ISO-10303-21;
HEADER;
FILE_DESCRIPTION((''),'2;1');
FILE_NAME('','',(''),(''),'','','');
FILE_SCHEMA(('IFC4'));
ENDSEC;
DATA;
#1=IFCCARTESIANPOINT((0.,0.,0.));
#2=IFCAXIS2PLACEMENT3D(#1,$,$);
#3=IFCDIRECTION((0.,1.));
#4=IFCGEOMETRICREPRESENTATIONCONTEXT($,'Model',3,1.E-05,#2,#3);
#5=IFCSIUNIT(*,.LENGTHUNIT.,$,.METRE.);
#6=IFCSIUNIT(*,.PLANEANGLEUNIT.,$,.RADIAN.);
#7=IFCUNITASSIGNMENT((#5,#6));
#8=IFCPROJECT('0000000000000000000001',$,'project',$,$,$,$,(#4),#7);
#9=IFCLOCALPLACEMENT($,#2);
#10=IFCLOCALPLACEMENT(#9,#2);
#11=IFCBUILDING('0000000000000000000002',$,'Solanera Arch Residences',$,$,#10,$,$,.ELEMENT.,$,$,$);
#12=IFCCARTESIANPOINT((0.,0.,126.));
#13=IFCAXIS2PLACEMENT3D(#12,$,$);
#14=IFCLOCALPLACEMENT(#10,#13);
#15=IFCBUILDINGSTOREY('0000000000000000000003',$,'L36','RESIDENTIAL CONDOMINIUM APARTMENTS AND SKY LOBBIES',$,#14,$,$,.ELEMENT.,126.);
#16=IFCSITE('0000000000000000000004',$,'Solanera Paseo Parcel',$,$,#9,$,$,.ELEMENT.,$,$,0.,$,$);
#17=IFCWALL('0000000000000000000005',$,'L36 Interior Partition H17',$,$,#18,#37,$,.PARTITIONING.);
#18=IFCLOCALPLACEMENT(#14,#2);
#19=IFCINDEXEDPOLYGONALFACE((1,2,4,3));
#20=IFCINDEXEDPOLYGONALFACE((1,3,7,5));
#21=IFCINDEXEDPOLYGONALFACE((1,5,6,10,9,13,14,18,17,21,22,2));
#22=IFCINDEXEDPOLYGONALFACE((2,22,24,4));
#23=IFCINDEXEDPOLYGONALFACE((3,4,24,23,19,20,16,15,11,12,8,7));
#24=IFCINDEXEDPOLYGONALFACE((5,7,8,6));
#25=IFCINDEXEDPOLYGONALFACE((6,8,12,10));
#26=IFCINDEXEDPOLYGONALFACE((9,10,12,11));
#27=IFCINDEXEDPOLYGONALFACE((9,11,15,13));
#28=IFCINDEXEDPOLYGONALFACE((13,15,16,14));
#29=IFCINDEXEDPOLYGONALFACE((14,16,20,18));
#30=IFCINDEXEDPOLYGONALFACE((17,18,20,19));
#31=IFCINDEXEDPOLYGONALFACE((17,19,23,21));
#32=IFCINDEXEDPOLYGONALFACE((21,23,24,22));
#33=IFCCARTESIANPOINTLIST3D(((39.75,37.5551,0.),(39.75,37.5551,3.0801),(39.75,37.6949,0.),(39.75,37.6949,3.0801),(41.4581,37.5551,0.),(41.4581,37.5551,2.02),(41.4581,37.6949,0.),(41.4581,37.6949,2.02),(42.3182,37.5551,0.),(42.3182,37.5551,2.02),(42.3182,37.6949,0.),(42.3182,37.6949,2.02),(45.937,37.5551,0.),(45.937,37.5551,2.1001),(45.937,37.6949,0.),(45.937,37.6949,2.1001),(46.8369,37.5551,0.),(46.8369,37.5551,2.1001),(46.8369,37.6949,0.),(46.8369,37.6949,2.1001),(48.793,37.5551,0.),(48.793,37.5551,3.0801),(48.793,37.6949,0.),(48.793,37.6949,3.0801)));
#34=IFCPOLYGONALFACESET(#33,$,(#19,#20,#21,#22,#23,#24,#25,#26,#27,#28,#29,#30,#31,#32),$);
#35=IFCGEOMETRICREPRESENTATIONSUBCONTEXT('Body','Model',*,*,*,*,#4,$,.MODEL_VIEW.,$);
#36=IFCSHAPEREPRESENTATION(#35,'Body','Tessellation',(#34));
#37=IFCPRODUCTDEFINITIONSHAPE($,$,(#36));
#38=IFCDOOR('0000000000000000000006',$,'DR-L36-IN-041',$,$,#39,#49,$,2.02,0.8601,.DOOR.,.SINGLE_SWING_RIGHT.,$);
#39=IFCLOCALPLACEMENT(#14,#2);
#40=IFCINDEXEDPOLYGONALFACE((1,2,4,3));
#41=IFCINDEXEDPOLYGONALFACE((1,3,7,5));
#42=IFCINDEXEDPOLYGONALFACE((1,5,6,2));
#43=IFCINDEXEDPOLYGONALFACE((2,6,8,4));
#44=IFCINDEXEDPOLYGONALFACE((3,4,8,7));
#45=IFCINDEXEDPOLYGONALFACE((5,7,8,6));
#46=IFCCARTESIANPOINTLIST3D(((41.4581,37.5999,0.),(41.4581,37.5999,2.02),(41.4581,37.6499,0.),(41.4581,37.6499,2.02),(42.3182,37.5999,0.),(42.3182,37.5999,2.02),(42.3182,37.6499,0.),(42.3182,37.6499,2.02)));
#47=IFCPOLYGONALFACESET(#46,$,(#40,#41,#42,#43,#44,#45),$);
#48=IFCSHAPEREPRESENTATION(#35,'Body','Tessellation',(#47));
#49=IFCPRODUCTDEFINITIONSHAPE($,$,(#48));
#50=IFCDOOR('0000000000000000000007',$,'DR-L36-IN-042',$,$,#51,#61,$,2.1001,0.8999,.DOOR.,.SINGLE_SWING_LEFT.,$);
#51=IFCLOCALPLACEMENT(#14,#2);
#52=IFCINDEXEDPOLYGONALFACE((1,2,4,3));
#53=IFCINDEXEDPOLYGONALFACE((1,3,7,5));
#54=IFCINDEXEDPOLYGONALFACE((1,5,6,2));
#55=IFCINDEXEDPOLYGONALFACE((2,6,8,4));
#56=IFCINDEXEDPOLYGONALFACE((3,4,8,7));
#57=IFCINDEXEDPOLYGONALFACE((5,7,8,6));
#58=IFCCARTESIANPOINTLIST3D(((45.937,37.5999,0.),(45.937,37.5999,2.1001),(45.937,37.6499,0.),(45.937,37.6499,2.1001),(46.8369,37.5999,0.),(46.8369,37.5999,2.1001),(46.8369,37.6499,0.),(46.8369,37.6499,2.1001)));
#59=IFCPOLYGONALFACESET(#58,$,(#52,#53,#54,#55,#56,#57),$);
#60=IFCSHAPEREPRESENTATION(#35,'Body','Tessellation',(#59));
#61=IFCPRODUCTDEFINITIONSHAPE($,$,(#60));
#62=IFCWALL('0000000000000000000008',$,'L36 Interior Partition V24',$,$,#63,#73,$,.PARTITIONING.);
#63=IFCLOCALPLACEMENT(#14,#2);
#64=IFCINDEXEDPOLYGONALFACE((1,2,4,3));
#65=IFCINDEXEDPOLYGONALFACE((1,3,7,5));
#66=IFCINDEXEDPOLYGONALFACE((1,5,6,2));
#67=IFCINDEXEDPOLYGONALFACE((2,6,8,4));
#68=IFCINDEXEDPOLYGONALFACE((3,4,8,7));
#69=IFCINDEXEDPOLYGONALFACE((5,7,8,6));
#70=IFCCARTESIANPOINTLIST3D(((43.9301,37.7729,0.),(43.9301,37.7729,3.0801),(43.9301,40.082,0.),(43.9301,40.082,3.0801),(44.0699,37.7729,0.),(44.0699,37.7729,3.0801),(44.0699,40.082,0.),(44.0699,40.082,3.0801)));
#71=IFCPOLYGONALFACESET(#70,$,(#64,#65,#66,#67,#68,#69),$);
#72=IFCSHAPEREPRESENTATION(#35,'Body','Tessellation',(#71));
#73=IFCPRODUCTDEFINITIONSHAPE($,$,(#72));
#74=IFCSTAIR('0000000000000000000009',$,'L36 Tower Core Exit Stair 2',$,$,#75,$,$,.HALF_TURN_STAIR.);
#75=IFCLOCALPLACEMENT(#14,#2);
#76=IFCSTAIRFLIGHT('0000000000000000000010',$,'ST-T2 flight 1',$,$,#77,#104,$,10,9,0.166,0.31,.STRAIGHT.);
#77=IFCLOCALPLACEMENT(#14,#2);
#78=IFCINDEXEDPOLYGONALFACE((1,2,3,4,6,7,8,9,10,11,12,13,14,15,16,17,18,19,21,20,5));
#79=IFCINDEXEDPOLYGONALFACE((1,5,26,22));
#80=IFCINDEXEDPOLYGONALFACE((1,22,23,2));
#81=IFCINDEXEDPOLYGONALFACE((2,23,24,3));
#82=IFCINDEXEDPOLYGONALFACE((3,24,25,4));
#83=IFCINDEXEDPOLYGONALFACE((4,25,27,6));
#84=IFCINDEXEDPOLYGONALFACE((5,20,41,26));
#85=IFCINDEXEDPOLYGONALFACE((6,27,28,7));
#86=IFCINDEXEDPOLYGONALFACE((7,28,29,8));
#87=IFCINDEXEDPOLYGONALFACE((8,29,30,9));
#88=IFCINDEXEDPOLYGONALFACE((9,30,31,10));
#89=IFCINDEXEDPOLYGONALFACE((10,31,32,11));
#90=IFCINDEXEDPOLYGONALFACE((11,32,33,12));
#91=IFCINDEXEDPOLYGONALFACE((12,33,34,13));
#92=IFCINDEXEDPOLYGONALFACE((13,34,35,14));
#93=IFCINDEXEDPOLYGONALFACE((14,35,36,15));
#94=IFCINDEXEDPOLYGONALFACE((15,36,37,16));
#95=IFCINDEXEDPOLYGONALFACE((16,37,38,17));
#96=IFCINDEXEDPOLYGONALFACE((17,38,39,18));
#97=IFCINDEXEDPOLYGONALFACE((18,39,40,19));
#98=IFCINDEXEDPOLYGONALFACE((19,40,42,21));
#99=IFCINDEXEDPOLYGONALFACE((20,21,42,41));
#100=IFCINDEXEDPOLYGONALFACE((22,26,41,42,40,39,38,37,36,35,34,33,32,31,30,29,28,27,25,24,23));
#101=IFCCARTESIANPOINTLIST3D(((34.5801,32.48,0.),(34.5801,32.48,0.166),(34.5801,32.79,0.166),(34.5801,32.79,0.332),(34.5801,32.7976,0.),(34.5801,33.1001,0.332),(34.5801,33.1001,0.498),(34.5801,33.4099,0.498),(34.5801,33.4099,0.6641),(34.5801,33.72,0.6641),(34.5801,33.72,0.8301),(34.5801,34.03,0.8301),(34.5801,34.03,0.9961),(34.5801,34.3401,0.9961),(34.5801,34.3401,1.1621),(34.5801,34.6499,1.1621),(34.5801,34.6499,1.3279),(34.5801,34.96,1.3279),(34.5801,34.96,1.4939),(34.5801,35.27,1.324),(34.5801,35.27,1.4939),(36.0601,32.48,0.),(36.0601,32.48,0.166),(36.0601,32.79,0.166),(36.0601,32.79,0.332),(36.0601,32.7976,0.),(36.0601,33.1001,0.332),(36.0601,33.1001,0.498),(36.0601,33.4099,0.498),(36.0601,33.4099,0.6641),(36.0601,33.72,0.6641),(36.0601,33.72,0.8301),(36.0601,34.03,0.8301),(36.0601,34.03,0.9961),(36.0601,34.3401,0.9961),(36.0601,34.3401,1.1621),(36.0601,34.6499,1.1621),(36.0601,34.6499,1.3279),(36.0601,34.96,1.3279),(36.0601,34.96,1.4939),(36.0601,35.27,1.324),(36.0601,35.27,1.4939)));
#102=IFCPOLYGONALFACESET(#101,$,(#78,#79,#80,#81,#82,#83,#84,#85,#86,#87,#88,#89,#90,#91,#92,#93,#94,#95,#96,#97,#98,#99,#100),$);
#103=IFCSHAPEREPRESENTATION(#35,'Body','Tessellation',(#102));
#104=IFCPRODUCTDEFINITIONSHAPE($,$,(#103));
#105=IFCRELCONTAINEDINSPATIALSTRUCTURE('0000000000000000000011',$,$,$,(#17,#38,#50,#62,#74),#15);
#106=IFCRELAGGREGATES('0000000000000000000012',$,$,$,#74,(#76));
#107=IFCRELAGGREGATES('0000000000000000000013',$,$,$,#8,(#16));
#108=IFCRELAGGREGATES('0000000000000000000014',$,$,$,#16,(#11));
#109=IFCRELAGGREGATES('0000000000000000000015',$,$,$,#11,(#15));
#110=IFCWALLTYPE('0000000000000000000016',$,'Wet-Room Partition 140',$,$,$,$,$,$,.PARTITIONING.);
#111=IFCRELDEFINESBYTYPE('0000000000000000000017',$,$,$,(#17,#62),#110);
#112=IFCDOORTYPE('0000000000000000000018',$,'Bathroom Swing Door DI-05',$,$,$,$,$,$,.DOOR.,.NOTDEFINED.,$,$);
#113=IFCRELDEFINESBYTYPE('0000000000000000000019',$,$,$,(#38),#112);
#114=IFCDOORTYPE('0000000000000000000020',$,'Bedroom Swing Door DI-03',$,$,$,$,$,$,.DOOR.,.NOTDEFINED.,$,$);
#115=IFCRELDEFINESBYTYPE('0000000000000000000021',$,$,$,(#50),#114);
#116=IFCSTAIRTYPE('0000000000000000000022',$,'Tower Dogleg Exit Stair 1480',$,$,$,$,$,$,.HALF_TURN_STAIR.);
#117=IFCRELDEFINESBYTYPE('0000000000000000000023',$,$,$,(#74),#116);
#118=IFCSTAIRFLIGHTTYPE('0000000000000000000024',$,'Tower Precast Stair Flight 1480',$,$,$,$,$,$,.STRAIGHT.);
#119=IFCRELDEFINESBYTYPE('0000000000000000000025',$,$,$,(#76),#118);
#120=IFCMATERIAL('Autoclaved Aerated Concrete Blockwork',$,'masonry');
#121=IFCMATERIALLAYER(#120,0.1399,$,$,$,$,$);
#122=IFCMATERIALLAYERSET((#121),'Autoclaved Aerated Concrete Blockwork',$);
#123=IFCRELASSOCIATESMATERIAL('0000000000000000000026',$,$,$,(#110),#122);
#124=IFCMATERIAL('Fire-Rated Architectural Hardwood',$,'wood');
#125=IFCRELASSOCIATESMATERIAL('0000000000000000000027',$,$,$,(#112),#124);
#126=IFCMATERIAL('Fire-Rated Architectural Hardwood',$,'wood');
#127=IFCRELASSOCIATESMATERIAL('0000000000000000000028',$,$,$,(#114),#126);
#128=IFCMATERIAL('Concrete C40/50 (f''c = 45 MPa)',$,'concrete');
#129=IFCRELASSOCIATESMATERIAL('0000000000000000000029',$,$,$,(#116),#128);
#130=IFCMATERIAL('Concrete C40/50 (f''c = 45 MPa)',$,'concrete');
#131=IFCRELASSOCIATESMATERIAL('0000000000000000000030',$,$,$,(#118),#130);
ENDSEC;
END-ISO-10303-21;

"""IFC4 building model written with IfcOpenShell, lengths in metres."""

from ifc_helpers import new_model, si_unit, direction, frame, frame_2d, origin, place, context, subcontext, project, spatial, polyline, rectangle, outline, extrude, material, layer, layer_set, type_object, element, fill, aggregate, save


model = new_model("IFC4")

# Units and contexts
model_context = context("Model", 3, precision=1e-05, world=origin(), true_north=direction((0.0, 1.0)))
body_context = subcontext(model_context, "Body", "Model", "MODEL_VIEW")
ifc_project = project(units=[si_unit("LENGTHUNIT", "METRE"), si_unit("PLANEANGLEUNIT", "RADIAN")], contexts=[model_context])

# Site, building, storey
site_placement = place(None, origin())
site = spatial("IfcSite", under=ifc_project, at=site_placement, Name="Solanera Paseo Parcel", CompositionType="ELEMENT", RefElevation=0.0)
building_placement = place(site_placement, origin())
building = spatial("IfcBuilding", under=site, at=building_placement, Name="Solanera Arch Residences", CompositionType="ELEMENT")
storey_placement = place(building_placement, frame((0.0, 0.0, 126.0)))
storey = spatial("IfcBuildingStorey", under=building, at=storey_placement, Name="L36", Description="RESIDENTIAL CONDOMINIUM APARTMENTS AND SKY LOBBIES", CompositionType="ELEMENT", Elevation=126.0)

# Wall, openings, doors
ifc_material_1 = material(Name="Autoclaved Aerated Concrete Blockwork", Category="masonry")
ifc_layer_1 = layer(ifc_material_1, 0.1399)
ifc_layer_set_1 = layer_set([ifc_layer_1], Name="Autoclaved Aerated Concrete Blockwork")
wall_type_1 = type_object("IfcWallType", Name="Wet-Room Partition 140", PredefinedType="PARTITIONING", material=ifc_layer_set_1)
wall_1_placement = place(storey_placement, frame((39.75, 37.625, 0.0), z_axis=(0.0, 0.0, 1.0), x_axis=(1.0, 0.0, 0.0)))
wall_1 = element("IfcWall", 1, at=wall_1_placement, inside=storey, type_object=wall_type_1, Name="L36 Interior Partition H17", PredefinedType="PARTITIONING", context=body_context, shape_type="SweptSolid", body=[
    extrude(rectangle(XDim=9.043, YDim=0.1399, at=frame_2d((4.5215, 0.0))), origin(), (0.0, 0.0, 1.0), 3.0801),
])
opening_1_placement = place(wall_1_placement, frame((1.708, 0.0, 0.0)))
opening_1 = element("IfcOpeningElement", 2, at=opening_1_placement, cuts=wall_1, PredefinedType="OPENING", context=body_context, shape_type="SweptSolid", body=[
    extrude(rectangle(XDim=0.8601, YDim=2.02, at=frame_2d((0.4302, 1.01))), frame((0.0, 0.0798, 0.0), z_axis=(0.0, -1.0, 0.0), x_axis=(1.0, 0.0, 0.0)), (0.0, 0.0, 1.0), 0.1599),
])
opening_2_placement = place(wall_1_placement, frame((6.187, 0.0, 0.0)))
opening_2 = element("IfcOpeningElement", 3, at=opening_2_placement, cuts=wall_1, PredefinedType="OPENING", context=body_context, shape_type="SweptSolid", body=[
    extrude(rectangle(XDim=0.8999, YDim=2.1001, at=frame_2d((0.45, 1.05))), frame((0.0, 0.0798, 0.0), z_axis=(0.0, -1.0, 0.0), x_axis=(1.0, 0.0, 0.0)), (0.0, 0.0, 1.0), 0.1599),
])
ifc_material_2 = material(Name="Fire-Rated Architectural Hardwood", Category="wood")
door_type_1 = type_object("IfcDoorType", Name="Bathroom Swing Door DI-05", OperationType="NOTDEFINED", PredefinedType="DOOR", material=ifc_material_2)
door_1_placement = place(opening_1_placement, origin())
door_1 = element("IfcDoor", 4, at=door_1_placement, inside=storey, type_object=door_type_1, Name="DR-L36-IN-041", OperationType="SINGLE_SWING_RIGHT", OverallHeight=2.02, OverallWidth=0.8601, PredefinedType="DOOR", context=body_context, shape_type="SweptSolid", body=[
    extrude(rectangle(XDim=0.8601, YDim=2.02, at=frame_2d((0.4302, 1.01))), frame((0.0, 0.0249, 0.0), z_axis=(0.0, -1.0, 0.0), x_axis=(1.0, 0.0, 0.0)), (0.0, 0.0, 1.0), 0.05),
])
fill(opening_1, door_1)
ifc_material_3 = material(Name="Fire-Rated Architectural Hardwood", Category="wood")
door_type_2 = type_object("IfcDoorType", Name="Bedroom Swing Door DI-03", OperationType="NOTDEFINED", PredefinedType="DOOR", material=ifc_material_3)
door_2_placement = place(opening_2_placement, origin())
door_2 = element("IfcDoor", 5, at=door_2_placement, inside=storey, type_object=door_type_2, Name="DR-L36-IN-042", OperationType="SINGLE_SWING_LEFT", OverallHeight=2.1001, OverallWidth=0.8999, PredefinedType="DOOR", context=body_context, shape_type="SweptSolid", body=[
    extrude(rectangle(XDim=0.8999, YDim=2.1001, at=frame_2d((0.45, 1.05))), frame((0.0, 0.0249, 0.0), z_axis=(0.0, -1.0, 0.0), x_axis=(1.0, 0.0, 0.0)), (0.0, 0.0, 1.0), 0.05),
])
fill(opening_2, door_2)

# Wall
wall_2_placement = place(storey_placement, frame((44.0, 37.7729, 0.0), z_axis=(0.0, 0.0, 1.0), x_axis=(0.0, 1.0, 0.0)))
element("IfcWall", 6, at=wall_2_placement, inside=storey, type_object=wall_type_1, Name="L36 Interior Partition V24", PredefinedType="PARTITIONING", context=body_context, shape_type="SweptSolid", body=[
    extrude(rectangle(XDim=2.3091, YDim=0.1399, at=frame_2d((1.1545, 0.0))), origin(), (0.0, 0.0, 1.0), 3.0801),
])

# Stair, stair flight
ifc_material_4 = material(Name="Concrete C40/50 (f'c = 45 MPa)", Category="concrete")
stair_type = type_object("IfcStairType", Name="Tower Dogleg Exit Stair 1480", PredefinedType="HALF_TURN_STAIR", material=ifc_material_4)
stair_placement = place(storey_placement, origin())
stair = element("IfcStair", 7, at=stair_placement, inside=storey, type_object=stair_type, Name="L36 Tower Core Exit Stair 2", PredefinedType="HALF_TURN_STAIR")
ifc_material_5 = material(Name="Concrete C40/50 (f'c = 45 MPa)", Category="concrete")
stair_flight_type = type_object("IfcStairFlightType", Name="Tower Precast Stair Flight 1480", PredefinedType="STRAIGHT", material=ifc_material_5)
stair_flight_placement = place(storey_placement, frame((35.3201, 32.48, 0.0), z_axis=(0.0, 0.0, 1.0), x_axis=(0.0, 1.0, 0.0)))
stair_flight = element("IfcStairFlight", 8, at=stair_flight_placement, type_object=stair_flight_type, Name="ST-T2 flight 1", NumberOfRisers=10, NumberOfTreads=9, PredefinedType="STRAIGHT", RiserHeight=0.166, TreadLength=0.31, context=body_context, shape_type="SweptSolid", body=[
    extrude(outline(polyline([(0.0, 0.0), (0.0, 0.166), (0.3101, 0.166), (0.3101, 0.332), (0.6201, 0.332), (0.6201, 0.498), (0.9299, 0.498), (0.9299, 0.6641), (1.24, 0.6641), (1.24, 0.8301), (1.55, 0.8301), (1.55, 0.9961), (1.8601, 0.9961), (1.8601, 1.1621), (2.1699, 1.1621), (2.1699, 1.3279), (2.48, 1.3279), (2.48, 1.4939), (2.79, 1.4939), (2.79, 1.6599), (2.79, 1.324), (0.3176, 0.0), (0.0, 0.0)])), frame((0.0, 0.74, 0.0), z_axis=(0.0, -1.0, 0.0), x_axis=(1.0, 0.0, 0.0)), (0.0, 0.0, 1.0), 1.48),
])
aggregate(stair, [stair_flight])

save(model, "model.ifc")
